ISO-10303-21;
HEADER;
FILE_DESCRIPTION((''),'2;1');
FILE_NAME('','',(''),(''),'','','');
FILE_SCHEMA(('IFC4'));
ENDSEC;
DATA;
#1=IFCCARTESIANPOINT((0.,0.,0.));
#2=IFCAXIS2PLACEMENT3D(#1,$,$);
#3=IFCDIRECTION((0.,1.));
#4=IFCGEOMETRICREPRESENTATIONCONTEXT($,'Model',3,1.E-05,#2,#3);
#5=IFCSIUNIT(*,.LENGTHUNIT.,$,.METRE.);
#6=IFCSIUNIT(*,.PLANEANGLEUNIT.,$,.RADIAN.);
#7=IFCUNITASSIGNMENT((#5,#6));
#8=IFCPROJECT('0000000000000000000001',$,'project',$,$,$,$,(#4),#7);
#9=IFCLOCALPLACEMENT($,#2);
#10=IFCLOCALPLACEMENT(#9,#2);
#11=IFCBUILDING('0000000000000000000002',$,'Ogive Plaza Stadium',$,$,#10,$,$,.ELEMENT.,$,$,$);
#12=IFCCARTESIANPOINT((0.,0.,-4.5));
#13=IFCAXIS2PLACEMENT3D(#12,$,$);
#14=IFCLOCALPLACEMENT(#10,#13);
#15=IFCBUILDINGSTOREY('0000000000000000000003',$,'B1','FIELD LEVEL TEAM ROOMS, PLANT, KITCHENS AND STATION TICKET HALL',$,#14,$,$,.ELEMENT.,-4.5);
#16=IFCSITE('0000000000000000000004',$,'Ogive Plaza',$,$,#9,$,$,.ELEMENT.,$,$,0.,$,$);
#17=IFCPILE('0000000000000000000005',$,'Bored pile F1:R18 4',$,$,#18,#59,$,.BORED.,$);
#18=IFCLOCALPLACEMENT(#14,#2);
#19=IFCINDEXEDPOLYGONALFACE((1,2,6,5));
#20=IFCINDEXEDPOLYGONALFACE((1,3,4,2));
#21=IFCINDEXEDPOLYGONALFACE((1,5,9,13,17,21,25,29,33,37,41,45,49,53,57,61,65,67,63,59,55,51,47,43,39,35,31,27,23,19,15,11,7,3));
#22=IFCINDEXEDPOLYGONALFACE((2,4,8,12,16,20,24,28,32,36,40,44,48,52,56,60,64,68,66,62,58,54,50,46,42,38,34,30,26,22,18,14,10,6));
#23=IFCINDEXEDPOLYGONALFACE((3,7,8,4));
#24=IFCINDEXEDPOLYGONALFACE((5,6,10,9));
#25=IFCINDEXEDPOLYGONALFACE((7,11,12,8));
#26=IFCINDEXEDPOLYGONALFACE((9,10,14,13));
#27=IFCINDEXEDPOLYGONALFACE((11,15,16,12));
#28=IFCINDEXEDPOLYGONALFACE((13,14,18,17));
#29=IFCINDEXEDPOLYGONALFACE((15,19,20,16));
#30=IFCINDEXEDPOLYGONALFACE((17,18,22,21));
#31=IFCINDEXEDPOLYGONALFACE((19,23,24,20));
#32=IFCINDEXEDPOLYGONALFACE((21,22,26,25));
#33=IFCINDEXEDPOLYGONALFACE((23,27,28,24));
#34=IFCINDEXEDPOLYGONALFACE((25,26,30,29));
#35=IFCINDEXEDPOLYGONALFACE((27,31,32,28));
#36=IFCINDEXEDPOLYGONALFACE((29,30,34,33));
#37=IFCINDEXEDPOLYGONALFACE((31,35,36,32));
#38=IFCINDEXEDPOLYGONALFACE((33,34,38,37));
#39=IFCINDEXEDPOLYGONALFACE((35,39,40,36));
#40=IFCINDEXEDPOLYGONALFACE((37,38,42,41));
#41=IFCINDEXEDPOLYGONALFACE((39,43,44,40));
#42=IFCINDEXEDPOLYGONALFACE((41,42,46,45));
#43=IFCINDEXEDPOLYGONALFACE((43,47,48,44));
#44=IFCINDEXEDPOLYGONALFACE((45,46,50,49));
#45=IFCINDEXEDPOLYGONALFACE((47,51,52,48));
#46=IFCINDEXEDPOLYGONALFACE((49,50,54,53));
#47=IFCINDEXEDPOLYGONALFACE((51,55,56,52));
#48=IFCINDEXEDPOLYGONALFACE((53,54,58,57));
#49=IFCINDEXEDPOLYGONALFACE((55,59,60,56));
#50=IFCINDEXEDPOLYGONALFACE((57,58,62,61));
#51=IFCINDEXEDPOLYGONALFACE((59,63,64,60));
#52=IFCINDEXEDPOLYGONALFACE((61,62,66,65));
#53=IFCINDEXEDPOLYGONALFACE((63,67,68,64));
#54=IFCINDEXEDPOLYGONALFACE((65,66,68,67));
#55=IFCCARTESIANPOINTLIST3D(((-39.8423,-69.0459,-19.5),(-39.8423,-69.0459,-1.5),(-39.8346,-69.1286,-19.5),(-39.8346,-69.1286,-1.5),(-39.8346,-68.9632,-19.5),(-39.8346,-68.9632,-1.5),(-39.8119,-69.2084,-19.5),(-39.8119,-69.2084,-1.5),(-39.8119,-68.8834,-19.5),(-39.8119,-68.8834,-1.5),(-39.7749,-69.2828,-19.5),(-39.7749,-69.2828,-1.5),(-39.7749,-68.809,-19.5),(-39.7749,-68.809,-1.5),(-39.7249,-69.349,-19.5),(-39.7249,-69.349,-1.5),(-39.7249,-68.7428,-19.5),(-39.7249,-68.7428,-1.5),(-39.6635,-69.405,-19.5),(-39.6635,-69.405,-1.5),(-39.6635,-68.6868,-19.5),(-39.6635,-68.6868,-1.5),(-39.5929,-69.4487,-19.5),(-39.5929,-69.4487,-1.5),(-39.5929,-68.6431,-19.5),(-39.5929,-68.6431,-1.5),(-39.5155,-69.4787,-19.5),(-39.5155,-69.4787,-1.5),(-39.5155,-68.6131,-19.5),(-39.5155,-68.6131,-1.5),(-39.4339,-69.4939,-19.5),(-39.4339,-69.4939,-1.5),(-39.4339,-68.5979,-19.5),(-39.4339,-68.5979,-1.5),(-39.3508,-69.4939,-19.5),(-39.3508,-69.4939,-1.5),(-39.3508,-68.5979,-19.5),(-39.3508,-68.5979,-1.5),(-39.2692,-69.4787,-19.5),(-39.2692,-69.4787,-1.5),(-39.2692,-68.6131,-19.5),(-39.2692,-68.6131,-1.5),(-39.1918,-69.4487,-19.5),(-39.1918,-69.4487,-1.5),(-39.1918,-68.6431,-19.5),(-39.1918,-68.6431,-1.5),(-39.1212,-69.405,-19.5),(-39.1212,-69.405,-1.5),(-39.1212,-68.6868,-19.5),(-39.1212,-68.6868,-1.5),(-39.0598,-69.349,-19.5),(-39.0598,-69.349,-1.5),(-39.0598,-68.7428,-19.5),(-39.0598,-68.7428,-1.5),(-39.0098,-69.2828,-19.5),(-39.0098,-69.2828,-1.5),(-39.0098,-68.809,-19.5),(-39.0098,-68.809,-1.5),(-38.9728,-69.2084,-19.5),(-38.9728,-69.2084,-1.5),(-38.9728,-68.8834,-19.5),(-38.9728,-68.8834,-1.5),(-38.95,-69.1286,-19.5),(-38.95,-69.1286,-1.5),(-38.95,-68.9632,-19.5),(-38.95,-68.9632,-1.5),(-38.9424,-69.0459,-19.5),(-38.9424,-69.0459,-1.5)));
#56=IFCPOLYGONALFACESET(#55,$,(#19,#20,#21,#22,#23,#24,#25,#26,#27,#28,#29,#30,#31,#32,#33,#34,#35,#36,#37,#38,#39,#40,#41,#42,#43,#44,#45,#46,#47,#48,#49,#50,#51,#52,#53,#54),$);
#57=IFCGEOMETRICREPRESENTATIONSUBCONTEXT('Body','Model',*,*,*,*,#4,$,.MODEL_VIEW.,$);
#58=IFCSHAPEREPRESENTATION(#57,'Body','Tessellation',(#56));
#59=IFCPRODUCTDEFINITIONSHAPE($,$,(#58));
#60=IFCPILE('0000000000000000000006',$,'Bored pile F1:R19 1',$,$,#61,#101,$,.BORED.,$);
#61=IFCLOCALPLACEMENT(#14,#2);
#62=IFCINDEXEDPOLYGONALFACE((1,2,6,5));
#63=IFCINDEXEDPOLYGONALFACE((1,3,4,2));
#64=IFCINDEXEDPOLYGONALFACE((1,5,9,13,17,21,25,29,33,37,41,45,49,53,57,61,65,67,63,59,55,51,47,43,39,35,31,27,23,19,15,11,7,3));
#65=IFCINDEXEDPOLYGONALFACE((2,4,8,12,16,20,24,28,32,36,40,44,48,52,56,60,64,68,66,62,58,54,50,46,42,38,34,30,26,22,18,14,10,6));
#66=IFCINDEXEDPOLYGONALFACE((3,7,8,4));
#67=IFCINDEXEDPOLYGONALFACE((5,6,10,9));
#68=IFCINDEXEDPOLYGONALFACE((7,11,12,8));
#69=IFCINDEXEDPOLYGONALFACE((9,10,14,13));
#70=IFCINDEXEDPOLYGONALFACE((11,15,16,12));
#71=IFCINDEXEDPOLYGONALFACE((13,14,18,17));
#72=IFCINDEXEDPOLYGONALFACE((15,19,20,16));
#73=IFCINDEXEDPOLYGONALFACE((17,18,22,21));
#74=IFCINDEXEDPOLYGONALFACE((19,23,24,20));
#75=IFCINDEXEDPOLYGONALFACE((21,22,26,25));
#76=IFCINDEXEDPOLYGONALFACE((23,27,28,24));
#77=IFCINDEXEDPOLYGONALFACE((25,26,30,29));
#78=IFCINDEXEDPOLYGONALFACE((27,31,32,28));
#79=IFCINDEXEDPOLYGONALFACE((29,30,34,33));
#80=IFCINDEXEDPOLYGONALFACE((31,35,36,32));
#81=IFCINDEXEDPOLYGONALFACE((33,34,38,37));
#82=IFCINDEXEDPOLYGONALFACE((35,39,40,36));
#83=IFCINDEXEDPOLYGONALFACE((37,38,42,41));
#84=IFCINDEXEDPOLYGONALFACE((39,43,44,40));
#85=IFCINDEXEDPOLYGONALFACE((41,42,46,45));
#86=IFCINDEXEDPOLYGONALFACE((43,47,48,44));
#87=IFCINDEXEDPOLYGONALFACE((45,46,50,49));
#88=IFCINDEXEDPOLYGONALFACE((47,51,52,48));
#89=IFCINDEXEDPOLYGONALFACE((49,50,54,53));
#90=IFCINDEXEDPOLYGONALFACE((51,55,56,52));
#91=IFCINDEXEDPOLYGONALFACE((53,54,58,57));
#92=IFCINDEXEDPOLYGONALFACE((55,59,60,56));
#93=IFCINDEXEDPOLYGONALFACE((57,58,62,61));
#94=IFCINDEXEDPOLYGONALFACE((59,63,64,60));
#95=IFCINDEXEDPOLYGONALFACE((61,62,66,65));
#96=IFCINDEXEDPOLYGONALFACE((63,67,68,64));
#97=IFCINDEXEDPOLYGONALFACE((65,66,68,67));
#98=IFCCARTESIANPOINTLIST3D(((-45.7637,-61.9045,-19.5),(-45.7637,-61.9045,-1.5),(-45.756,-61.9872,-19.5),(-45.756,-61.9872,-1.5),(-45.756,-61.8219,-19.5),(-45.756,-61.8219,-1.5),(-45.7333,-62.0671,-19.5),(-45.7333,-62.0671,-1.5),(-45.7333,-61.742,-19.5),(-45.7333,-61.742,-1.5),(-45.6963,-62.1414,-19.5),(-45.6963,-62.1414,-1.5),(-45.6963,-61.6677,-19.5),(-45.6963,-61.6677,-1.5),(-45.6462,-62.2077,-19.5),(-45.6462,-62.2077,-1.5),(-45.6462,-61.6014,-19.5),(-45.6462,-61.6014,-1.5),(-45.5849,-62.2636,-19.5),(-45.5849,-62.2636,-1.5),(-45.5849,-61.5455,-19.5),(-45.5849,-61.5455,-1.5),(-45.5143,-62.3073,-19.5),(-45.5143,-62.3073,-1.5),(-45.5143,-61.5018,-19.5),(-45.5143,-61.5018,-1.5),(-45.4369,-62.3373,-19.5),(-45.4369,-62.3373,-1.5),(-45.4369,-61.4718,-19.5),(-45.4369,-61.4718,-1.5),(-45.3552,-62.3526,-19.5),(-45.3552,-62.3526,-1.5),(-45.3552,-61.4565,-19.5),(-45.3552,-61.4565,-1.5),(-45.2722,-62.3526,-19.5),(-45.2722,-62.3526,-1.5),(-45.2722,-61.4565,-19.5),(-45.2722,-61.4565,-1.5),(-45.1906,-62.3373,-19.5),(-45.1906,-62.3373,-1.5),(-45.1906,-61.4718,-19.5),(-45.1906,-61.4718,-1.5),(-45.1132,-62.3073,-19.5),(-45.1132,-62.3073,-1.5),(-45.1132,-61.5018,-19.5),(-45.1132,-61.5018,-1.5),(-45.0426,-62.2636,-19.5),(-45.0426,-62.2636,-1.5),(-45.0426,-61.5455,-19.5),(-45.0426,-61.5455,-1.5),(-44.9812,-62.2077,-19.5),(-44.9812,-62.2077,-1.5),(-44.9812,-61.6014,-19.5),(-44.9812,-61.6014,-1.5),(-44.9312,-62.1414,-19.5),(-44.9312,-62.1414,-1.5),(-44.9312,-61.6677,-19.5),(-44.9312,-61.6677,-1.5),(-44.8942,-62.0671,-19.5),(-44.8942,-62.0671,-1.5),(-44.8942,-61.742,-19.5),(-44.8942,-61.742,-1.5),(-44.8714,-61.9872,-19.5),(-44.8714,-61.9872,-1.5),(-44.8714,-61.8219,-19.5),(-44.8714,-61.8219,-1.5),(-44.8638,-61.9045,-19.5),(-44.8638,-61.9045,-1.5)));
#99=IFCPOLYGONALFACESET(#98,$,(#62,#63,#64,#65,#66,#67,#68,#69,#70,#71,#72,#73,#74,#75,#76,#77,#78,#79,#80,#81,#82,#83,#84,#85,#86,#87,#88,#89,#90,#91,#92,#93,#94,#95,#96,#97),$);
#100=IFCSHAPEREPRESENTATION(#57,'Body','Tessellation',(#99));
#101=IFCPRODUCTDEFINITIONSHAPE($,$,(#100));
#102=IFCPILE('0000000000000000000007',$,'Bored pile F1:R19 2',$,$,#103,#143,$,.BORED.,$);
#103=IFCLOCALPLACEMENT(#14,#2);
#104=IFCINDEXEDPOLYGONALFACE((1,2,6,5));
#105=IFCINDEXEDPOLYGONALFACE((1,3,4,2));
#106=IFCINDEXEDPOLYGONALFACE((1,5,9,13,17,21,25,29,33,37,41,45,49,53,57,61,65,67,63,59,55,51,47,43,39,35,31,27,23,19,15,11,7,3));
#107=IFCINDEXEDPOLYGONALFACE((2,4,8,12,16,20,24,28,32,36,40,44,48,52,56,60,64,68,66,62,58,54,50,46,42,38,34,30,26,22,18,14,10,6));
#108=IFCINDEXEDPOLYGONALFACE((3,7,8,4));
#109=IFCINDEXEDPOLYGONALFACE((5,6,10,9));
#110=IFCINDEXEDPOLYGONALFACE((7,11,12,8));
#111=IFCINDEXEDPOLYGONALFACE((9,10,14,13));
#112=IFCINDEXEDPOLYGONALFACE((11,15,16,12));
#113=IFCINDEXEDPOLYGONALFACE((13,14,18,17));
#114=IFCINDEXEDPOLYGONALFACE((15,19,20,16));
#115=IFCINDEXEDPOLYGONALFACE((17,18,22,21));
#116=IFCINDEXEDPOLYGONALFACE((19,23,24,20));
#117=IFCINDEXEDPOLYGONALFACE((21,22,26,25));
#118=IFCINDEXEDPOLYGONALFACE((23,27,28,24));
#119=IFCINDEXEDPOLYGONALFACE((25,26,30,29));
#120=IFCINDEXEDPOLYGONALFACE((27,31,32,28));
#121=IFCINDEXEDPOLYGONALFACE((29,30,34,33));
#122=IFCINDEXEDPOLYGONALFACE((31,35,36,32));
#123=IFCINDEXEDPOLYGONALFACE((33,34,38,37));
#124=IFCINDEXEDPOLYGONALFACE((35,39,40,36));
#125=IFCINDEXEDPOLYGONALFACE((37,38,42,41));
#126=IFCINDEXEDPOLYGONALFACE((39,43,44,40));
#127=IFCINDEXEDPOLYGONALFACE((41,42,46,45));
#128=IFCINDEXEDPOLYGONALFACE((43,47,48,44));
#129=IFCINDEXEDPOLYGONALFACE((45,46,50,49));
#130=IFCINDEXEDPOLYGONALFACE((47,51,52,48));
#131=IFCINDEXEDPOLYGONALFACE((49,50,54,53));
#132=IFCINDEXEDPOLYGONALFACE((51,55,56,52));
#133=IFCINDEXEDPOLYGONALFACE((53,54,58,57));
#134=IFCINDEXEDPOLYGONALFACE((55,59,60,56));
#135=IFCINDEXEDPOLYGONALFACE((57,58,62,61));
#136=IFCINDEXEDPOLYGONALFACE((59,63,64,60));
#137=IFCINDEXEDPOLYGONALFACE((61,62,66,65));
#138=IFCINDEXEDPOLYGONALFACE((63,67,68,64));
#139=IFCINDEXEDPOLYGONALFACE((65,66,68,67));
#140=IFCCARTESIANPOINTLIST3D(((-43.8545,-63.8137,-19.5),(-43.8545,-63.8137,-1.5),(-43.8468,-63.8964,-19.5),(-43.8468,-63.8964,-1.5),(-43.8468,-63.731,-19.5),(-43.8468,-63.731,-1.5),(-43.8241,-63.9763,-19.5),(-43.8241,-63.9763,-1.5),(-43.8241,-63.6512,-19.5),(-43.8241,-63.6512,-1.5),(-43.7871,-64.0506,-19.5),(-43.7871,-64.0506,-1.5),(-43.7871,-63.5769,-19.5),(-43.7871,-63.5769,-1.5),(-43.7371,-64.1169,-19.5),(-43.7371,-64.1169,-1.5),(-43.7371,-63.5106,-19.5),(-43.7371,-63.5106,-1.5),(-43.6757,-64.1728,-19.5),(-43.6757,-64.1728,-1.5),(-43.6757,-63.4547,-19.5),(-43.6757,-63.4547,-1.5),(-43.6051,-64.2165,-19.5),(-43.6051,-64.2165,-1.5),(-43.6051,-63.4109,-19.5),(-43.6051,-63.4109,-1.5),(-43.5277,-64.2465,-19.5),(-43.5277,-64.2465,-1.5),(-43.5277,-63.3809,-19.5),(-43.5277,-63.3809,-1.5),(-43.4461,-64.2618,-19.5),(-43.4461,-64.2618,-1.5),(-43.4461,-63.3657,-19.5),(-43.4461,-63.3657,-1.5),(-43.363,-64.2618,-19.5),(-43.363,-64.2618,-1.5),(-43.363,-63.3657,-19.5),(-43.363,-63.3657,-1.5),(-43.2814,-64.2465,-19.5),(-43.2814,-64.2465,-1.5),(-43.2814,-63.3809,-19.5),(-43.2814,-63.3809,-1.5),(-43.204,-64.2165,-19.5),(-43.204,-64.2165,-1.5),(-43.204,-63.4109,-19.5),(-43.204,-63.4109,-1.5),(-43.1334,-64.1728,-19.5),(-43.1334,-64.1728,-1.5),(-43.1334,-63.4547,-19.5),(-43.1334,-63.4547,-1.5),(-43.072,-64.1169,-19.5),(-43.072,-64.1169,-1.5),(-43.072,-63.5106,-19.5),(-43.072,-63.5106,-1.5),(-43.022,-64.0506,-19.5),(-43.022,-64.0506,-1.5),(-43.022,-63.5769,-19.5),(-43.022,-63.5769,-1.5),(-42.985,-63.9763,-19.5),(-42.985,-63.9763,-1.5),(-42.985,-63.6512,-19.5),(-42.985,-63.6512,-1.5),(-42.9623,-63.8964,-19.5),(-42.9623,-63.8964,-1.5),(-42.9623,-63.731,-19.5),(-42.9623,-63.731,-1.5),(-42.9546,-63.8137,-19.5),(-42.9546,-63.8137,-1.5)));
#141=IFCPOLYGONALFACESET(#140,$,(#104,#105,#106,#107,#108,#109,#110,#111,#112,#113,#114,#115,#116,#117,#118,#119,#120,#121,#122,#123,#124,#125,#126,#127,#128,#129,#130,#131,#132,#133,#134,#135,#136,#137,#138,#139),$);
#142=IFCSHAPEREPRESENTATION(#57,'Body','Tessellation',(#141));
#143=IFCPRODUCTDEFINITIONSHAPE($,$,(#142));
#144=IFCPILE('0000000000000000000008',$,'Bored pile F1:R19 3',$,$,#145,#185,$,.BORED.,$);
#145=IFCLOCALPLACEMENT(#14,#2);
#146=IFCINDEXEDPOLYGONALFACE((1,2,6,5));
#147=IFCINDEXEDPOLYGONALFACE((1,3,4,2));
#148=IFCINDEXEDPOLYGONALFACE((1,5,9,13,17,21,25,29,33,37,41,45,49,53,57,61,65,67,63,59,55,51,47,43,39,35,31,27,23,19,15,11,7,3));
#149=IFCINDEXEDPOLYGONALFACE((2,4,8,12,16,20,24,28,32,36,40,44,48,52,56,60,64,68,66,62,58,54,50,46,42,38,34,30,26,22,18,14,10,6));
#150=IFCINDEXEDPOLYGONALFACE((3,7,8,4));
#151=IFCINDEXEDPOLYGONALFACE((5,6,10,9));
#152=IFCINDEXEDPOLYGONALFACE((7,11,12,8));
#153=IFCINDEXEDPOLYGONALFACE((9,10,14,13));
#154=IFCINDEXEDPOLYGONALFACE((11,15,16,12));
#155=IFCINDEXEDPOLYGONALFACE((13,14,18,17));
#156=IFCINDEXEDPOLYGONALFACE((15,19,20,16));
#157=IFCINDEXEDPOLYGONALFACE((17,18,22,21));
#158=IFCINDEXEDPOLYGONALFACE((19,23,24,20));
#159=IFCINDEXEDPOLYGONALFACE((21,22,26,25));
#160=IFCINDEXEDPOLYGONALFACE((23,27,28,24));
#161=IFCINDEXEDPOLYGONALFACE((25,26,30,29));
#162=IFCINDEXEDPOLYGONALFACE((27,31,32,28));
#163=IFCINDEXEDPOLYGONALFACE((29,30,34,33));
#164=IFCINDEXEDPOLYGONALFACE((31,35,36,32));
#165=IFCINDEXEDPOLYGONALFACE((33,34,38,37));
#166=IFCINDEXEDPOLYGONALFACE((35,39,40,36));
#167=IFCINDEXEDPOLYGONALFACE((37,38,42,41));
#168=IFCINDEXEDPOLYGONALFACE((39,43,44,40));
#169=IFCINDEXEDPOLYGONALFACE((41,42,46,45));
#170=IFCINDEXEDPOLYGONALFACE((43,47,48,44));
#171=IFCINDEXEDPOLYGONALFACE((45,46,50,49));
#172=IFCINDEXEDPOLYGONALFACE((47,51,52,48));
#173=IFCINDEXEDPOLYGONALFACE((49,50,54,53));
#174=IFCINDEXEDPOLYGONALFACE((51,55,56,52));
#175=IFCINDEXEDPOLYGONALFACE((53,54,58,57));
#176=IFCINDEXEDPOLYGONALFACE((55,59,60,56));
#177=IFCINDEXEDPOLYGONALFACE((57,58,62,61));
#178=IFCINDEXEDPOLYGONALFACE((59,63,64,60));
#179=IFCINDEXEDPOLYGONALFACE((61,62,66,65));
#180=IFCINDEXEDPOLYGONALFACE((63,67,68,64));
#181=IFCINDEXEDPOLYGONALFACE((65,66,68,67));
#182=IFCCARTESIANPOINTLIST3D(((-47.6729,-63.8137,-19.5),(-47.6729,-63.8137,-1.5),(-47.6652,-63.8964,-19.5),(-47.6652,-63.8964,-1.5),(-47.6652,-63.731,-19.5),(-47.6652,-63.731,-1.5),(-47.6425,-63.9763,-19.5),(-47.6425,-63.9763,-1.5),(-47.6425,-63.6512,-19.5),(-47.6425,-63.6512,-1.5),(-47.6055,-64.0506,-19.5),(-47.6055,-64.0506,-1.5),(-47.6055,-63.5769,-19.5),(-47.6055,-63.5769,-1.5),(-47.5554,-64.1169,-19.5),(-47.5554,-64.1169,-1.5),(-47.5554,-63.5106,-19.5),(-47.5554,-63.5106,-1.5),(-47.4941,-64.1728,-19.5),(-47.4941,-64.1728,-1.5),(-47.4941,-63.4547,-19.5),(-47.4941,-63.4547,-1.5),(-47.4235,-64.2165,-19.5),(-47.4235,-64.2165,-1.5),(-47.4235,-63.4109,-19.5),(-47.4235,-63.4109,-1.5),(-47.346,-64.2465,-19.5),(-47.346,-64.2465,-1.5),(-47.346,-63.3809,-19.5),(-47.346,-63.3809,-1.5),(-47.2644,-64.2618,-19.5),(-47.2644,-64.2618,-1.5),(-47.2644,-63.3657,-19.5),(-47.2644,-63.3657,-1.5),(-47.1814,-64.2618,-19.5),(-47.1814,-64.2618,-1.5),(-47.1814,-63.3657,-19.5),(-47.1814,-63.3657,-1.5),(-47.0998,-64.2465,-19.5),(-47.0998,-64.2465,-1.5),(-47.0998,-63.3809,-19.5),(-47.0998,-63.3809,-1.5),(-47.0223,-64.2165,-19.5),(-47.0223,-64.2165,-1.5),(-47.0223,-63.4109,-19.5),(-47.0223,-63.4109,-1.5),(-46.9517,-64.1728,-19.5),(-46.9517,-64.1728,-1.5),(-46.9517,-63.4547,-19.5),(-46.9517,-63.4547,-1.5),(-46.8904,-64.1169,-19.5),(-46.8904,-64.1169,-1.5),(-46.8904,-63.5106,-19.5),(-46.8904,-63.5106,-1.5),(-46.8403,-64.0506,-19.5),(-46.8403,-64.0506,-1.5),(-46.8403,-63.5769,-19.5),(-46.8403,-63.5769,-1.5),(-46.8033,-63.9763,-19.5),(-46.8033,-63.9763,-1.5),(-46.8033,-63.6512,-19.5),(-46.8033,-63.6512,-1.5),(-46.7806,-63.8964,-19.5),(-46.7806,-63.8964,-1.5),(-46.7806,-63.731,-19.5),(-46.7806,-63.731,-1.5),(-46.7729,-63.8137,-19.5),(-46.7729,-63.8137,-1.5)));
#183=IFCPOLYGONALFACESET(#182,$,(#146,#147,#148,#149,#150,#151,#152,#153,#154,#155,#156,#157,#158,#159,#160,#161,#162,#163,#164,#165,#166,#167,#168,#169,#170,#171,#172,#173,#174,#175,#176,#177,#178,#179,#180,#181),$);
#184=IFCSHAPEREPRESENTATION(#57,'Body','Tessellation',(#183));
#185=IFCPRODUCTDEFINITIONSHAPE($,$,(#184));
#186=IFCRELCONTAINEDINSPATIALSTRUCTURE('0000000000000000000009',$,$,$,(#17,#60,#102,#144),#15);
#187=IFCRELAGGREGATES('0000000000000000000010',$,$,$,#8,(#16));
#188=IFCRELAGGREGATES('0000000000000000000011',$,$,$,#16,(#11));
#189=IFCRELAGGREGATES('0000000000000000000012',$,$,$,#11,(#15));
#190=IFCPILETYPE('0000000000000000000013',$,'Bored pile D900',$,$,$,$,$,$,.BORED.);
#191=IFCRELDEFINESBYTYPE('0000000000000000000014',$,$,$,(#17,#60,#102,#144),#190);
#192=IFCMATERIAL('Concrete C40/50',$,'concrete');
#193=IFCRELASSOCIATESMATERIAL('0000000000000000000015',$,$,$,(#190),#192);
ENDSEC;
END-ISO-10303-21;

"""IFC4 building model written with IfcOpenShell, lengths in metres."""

from ifc_helpers import new_model, si_unit, direction, frame, origin, origin_2d, place, context, subcontext, project, spatial, circle, extrude, material, material_profile, profile_set, type_object, element, save


model = new_model("IFC4")

# Units and contexts
model_context = context("Model", 3, precision=1e-05, world=origin(), true_north=direction((0.0, 1.0)))
body_context = subcontext(model_context, "Body", "Model", "MODEL_VIEW")
ifc_project = project(units=[si_unit("LENGTHUNIT", "METRE"), si_unit("PLANEANGLEUNIT", "RADIAN")], contexts=[model_context])

# Site, building, storey
site_placement = place(None, origin())
site = spatial("IfcSite", under=ifc_project, at=site_placement, Name="Ogive Plaza", CompositionType="ELEMENT", RefElevation=0.0)
building_placement = place(site_placement, origin())
building = spatial("IfcBuilding", under=site, at=building_placement, Name="Ogive Plaza Stadium", CompositionType="ELEMENT")
storey_placement = place(building_placement, frame((0.0, 0.0, -4.5)))
storey = spatial("IfcBuildingStorey", under=building, at=storey_placement, Name="B1", Description="FIELD LEVEL TEAM ROOMS, PLANT, KITCHENS AND STATION TICKET HALL", CompositionType="ELEMENT", Elevation=-4.5)

# Piles
ifc_material_1 = material(Name="Concrete C40/50", Category="concrete")
ifc_material_profile_1 = material_profile(ifc_material_1, circle(Radius=0.45, at=origin_2d()), Name="RC D900")
ifc_profile_set_1 = profile_set([ifc_material_profile_1], Name="Concrete C40/50")
pile_type_1 = type_object("IfcPileType", Name="Bored pile D900", PredefinedType="BORED", material=ifc_profile_set_1)
for number, where, z_axis, x_axis, name in (
    (1, (-39.3923, -69.0459, -1.5), (0.0, 0.0, -1.0), (1.0, 0.0, 0.0), "Bored pile F1:R18 4"),
    (2, (-45.3137, -61.9045, -1.5), (0.0, 0.0, -1.0), (1.0, 0.0, 0.0), "Bored pile F1:R19 1"),
    (3, (-43.4045, -63.8137, -1.5), (0.0, 0.0, -1.0), (1.0, 0.0, 0.0), "Bored pile F1:R19 2"),
    (4, (-47.2229, -63.8137, -1.5), (0.0, 0.0, -1.0), (1.0, 0.0, 0.0), "Bored pile F1:R19 3"),
):
    element("IfcPile", number, at=place(storey_placement, frame(where, z_axis=z_axis, x_axis=x_axis)), inside=storey, type_object=pile_type_1, Name=name, PredefinedType="BORED", context=body_context, shape_type="SweptSolid", body=[
        extrude(circle(Radius=0.45, at=origin_2d()), origin(), (0.0, 0.0, 1.0), 18.0),
    ])

save(model, "model.ifc")
